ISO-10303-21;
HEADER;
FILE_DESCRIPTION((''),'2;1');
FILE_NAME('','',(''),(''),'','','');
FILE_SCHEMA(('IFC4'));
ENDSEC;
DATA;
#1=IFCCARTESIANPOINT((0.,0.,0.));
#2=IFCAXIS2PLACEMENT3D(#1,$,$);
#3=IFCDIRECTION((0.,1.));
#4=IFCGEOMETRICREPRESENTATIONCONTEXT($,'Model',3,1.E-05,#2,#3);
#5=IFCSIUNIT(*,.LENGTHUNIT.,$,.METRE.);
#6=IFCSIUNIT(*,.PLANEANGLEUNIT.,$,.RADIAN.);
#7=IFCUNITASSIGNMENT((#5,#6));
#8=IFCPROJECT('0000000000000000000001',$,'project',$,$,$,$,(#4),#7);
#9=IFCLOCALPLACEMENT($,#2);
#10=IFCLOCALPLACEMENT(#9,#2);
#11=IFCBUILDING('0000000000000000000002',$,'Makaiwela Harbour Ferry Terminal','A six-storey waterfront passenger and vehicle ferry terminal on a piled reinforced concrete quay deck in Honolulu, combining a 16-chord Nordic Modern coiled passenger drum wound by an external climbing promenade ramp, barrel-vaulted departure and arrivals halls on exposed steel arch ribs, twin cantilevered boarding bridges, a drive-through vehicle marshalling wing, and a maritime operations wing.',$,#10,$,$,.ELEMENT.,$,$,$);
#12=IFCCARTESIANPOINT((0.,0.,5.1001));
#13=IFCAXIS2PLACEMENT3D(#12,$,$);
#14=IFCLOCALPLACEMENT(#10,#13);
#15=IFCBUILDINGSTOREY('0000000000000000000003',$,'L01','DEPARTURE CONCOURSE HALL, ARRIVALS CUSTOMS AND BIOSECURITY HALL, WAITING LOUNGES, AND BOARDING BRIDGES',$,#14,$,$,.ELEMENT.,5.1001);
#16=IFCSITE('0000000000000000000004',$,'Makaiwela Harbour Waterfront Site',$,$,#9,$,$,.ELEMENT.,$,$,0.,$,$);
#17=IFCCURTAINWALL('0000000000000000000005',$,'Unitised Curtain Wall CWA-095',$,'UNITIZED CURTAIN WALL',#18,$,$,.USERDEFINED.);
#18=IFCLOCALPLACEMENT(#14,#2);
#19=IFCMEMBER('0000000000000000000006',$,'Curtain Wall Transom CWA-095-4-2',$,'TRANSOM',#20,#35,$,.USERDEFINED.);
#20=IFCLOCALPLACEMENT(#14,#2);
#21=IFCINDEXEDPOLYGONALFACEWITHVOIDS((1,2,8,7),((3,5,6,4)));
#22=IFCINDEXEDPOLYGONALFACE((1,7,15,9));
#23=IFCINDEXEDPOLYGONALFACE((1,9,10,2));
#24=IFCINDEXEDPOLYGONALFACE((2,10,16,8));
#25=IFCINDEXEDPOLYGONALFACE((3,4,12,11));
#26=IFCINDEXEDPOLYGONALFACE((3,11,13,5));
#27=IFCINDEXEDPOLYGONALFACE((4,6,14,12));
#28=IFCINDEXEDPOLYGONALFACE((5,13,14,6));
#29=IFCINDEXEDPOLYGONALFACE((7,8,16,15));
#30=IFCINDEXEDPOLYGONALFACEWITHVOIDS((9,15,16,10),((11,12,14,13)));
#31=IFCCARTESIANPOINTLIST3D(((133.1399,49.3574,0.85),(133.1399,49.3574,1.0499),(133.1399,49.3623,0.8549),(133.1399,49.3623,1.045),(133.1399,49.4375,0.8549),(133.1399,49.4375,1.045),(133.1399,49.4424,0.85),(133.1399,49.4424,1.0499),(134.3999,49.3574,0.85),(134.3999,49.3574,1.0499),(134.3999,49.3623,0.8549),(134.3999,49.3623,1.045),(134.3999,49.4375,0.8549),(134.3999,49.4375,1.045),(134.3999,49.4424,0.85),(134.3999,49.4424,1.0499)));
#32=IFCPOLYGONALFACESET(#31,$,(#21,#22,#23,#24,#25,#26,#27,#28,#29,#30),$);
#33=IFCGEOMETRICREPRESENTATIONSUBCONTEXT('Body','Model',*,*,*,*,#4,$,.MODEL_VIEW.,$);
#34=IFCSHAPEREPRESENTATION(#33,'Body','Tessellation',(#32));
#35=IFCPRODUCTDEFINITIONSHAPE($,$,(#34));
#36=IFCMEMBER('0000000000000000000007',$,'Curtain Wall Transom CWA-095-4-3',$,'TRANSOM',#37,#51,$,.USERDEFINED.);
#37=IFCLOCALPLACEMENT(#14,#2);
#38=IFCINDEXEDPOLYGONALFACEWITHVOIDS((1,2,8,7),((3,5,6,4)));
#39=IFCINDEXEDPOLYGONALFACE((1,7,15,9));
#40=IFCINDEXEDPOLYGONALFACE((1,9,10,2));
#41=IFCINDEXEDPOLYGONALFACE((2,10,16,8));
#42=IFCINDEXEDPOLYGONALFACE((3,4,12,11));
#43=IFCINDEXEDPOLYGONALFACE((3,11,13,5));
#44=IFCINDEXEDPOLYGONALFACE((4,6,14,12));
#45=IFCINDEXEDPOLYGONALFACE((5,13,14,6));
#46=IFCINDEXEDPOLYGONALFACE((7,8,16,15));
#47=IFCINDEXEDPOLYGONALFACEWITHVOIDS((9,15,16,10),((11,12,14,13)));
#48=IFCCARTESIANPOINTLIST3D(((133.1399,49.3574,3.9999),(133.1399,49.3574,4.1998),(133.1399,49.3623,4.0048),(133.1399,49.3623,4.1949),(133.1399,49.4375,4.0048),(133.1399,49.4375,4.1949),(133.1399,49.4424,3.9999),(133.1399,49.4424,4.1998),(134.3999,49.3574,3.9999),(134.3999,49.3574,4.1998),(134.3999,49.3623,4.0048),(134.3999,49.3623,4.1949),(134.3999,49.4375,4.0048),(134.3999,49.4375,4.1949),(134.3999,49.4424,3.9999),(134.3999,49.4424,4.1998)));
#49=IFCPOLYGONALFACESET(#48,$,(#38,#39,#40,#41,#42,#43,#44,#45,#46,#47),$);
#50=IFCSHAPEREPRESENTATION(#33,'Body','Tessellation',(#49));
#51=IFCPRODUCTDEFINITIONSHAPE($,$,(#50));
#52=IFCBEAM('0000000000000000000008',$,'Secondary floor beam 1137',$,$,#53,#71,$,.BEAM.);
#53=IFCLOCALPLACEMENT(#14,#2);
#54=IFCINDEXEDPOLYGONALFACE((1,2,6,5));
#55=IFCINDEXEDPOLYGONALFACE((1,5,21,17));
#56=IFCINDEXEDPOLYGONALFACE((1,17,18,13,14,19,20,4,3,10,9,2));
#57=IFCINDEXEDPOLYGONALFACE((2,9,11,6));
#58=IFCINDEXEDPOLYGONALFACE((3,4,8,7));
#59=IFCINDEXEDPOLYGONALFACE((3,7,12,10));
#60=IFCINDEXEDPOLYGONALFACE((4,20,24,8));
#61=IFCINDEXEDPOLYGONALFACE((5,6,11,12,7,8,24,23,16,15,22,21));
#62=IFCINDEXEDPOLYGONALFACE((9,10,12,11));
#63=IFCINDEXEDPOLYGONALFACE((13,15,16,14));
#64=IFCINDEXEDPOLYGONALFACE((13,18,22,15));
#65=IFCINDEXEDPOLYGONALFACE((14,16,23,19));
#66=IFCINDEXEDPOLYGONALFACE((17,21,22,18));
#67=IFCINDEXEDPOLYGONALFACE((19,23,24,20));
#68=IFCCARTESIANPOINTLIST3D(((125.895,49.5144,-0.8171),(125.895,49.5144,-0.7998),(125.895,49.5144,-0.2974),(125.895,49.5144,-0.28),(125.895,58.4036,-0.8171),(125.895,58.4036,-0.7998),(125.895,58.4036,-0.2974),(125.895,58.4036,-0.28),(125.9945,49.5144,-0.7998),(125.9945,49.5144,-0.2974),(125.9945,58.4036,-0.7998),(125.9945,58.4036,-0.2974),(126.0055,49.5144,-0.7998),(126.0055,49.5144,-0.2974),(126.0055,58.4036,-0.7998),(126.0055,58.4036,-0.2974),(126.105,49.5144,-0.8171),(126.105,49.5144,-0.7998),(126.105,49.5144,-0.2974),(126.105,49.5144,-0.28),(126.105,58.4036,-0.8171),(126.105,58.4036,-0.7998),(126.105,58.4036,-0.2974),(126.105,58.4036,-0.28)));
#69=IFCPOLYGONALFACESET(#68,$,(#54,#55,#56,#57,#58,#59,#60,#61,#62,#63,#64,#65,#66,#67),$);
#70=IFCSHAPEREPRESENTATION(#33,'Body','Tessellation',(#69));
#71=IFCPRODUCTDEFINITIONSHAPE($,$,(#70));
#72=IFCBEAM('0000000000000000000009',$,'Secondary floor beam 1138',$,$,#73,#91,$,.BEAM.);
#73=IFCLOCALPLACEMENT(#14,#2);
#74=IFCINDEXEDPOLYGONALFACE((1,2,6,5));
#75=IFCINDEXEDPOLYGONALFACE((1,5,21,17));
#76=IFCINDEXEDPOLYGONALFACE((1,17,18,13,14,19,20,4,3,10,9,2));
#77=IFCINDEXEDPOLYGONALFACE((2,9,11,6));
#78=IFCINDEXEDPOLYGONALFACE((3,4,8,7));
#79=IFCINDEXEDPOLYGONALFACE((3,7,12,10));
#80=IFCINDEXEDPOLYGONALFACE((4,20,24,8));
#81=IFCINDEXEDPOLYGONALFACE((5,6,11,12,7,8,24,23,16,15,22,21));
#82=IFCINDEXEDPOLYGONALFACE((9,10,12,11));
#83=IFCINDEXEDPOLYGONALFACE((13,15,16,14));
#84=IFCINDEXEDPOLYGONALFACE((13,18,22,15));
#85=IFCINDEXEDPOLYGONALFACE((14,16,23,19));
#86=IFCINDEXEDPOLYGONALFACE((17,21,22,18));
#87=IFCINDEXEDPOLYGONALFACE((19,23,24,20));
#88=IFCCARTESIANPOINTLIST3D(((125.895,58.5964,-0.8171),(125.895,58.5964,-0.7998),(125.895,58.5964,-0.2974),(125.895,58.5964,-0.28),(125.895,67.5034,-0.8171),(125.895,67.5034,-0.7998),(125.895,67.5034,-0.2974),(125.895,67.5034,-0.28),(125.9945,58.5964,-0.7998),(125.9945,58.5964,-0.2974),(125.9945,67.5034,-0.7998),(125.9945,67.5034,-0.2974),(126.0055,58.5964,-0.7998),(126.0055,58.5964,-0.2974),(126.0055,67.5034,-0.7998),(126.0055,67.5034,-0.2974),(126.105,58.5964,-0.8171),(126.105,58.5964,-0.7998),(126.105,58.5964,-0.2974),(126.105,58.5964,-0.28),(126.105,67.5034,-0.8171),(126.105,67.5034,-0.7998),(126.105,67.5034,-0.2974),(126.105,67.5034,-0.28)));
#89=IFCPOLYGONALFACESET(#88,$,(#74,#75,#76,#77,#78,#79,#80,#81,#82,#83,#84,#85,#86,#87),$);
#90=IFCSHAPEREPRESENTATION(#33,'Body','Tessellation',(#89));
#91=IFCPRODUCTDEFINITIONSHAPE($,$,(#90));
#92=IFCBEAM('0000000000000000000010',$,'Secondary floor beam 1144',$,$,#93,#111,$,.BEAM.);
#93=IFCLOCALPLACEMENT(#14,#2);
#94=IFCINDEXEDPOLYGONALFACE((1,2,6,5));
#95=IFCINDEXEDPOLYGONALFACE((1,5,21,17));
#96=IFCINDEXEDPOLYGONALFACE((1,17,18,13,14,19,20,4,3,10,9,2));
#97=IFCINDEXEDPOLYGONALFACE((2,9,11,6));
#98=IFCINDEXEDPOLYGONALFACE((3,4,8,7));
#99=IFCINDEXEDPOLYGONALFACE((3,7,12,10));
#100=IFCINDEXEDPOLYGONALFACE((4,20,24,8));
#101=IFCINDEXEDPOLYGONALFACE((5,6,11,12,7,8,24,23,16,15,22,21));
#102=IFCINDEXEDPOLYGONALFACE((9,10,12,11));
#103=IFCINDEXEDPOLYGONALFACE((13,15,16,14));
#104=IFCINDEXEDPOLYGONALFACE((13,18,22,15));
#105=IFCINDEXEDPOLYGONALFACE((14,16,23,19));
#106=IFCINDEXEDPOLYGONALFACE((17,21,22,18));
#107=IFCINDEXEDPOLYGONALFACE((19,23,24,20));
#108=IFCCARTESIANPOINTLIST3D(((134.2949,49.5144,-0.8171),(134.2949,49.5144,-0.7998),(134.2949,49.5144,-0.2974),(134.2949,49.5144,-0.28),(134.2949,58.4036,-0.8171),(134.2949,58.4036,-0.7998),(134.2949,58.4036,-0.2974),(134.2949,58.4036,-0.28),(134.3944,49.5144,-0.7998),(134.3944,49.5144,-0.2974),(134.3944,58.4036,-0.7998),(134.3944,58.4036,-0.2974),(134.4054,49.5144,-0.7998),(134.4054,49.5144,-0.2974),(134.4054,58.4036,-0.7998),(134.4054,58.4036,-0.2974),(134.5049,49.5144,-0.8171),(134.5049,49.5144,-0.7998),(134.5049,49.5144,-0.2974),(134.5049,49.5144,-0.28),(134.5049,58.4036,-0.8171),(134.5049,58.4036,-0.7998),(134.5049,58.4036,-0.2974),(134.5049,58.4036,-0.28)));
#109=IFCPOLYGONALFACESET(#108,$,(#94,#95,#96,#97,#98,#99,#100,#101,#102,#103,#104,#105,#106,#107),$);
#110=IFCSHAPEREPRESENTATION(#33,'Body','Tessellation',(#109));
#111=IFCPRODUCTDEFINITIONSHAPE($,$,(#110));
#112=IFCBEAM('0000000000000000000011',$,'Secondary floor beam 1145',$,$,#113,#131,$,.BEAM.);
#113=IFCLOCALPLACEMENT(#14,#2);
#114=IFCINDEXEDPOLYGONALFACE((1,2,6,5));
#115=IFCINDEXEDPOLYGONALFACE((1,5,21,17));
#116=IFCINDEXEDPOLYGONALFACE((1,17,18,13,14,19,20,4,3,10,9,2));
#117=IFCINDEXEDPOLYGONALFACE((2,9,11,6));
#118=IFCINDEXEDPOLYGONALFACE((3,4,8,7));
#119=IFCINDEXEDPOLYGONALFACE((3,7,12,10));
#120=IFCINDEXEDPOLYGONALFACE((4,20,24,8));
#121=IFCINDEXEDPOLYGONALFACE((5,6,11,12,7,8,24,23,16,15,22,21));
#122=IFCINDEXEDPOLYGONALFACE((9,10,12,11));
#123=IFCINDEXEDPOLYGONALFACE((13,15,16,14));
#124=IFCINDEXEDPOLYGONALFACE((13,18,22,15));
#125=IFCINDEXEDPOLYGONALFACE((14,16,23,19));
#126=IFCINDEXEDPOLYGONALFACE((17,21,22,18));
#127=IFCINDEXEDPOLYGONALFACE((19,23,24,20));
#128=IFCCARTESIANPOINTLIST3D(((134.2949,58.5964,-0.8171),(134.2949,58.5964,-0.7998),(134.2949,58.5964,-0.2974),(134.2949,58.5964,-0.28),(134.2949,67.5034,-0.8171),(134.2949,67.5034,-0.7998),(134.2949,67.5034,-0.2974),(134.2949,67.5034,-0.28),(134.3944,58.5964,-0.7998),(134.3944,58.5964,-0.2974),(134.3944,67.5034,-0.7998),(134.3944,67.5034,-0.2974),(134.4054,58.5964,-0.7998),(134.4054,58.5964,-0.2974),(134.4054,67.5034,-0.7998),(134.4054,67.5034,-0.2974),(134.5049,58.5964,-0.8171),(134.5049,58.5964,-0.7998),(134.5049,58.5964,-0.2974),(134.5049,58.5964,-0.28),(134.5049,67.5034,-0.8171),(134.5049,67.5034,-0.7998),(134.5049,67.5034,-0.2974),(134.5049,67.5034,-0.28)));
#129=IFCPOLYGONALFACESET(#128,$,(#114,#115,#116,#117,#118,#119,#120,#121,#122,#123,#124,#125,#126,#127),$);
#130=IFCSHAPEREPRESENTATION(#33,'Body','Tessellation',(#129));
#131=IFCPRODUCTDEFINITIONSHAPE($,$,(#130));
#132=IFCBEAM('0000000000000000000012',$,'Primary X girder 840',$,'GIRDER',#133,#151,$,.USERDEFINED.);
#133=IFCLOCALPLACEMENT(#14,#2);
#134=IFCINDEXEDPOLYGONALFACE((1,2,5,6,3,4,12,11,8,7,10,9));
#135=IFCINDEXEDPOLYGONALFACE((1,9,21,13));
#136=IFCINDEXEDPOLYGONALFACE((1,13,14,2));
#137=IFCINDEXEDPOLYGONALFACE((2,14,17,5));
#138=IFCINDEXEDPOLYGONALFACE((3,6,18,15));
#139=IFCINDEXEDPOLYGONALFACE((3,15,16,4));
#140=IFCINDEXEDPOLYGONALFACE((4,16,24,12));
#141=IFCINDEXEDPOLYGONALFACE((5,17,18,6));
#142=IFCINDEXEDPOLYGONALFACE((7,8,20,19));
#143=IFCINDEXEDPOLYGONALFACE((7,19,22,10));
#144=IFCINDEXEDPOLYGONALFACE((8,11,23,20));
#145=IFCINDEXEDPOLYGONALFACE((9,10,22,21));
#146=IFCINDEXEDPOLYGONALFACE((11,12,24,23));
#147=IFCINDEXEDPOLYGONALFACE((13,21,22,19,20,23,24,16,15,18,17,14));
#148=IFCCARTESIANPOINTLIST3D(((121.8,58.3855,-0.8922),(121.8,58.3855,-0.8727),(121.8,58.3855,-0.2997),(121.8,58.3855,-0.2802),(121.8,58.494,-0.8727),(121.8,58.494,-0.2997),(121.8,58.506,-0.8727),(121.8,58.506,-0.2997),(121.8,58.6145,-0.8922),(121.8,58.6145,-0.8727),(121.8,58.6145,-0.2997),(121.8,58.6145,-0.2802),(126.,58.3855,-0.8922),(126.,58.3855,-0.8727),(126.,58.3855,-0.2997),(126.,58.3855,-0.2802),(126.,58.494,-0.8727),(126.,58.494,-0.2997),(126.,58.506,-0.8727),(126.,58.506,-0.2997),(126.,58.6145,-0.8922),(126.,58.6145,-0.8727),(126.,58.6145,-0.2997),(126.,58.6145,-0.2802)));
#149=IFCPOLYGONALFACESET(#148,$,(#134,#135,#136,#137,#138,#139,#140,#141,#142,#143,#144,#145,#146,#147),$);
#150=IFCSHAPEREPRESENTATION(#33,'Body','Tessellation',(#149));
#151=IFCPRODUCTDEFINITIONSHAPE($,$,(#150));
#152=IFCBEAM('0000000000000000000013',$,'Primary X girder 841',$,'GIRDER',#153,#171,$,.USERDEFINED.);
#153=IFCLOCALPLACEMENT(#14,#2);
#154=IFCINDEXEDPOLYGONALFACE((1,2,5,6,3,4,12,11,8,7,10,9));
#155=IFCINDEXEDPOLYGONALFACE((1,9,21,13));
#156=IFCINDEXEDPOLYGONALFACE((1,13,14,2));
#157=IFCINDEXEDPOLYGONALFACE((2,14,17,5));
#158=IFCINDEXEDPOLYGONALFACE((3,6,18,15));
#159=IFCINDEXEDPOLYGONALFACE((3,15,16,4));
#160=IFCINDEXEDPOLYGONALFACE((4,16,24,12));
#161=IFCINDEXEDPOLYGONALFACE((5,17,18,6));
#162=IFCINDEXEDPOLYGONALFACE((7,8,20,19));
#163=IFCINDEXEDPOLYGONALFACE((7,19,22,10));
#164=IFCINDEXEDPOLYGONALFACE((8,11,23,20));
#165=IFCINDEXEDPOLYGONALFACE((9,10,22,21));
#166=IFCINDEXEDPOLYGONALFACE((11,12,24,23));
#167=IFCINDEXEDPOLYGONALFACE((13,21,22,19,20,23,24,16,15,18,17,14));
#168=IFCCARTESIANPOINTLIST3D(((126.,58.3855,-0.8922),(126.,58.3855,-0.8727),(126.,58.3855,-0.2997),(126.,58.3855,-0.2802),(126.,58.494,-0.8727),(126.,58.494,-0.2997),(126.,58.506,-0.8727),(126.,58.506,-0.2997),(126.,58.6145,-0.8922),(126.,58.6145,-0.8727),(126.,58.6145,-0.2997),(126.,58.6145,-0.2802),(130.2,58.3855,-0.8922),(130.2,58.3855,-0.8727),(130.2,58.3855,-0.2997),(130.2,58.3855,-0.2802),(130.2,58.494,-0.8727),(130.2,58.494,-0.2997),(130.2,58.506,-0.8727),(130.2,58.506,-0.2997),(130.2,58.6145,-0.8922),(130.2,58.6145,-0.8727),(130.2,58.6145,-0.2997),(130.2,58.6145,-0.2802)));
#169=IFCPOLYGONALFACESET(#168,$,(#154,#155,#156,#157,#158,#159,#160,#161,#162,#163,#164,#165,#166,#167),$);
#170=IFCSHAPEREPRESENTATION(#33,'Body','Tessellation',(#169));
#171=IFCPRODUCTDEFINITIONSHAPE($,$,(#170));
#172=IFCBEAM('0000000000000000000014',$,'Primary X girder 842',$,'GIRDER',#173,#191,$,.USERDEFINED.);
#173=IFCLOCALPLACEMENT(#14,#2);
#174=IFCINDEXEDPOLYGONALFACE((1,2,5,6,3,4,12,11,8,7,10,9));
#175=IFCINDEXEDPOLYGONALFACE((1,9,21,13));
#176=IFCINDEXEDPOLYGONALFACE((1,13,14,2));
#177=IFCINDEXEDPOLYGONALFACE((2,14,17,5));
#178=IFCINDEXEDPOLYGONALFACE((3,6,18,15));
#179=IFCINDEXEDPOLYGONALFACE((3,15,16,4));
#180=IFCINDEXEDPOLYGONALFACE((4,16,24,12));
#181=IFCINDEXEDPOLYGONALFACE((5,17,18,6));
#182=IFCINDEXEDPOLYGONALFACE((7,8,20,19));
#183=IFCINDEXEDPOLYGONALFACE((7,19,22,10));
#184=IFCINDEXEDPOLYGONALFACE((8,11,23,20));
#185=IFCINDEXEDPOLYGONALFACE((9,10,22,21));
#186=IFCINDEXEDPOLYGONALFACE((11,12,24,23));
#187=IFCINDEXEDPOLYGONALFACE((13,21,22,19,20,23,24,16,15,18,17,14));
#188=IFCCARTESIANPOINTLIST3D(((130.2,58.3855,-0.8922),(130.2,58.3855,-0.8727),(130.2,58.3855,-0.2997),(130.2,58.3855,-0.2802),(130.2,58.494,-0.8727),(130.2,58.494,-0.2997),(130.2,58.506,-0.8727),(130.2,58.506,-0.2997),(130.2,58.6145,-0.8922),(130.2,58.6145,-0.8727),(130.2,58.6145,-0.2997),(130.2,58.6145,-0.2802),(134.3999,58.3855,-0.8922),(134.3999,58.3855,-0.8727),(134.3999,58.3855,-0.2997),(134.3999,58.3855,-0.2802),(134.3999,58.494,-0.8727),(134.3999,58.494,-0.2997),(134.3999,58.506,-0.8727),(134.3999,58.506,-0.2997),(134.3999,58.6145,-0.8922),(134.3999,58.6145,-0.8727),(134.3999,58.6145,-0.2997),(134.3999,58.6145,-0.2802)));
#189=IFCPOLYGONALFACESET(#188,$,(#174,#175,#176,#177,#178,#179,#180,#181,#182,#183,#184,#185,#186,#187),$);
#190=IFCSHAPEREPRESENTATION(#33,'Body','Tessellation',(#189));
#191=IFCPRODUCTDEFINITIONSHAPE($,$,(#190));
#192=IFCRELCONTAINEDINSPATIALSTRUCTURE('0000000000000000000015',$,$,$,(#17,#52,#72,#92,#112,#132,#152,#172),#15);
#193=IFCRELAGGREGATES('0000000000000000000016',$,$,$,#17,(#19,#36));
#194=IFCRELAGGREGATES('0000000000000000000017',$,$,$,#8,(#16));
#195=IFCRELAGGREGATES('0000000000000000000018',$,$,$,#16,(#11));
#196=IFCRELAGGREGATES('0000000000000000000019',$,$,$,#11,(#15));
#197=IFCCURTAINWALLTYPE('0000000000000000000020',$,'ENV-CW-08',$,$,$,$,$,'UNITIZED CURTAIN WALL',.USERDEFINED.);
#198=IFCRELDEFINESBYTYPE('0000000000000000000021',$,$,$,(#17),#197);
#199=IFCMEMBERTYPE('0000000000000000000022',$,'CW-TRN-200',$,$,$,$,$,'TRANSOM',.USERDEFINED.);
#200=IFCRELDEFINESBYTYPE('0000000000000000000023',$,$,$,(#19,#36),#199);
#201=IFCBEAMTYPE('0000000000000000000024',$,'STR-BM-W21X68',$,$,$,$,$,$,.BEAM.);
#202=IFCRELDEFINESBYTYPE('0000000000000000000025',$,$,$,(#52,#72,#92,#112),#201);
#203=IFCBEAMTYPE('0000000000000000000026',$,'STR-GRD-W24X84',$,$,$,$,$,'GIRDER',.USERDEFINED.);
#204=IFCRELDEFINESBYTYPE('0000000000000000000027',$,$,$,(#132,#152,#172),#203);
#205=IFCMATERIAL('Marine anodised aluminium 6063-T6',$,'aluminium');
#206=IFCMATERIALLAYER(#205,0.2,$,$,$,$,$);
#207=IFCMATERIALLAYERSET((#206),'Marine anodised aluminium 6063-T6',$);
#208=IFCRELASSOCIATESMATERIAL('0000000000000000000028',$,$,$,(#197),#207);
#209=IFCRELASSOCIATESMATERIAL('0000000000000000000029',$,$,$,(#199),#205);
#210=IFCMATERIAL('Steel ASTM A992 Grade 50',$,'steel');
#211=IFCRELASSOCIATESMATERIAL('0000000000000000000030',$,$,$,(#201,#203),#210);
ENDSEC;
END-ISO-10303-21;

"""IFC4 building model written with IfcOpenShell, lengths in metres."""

from ifc_helpers import new_model, si_unit, direction, frame, origin, origin_2d, place, context, subcontext, project, spatial, hollow_rectangle, i_section, extrude, material, layer, layer_set, material_profile, profile_set, type_object, element, aggregate, save


model = new_model("IFC4")

# Units and contexts
model_context = context("Model", 3, precision=1e-05, world=origin(), true_north=direction((0.0, 1.0)))
body_context = subcontext(model_context, "Body", "Model", "MODEL_VIEW")
ifc_project = project(units=[si_unit("LENGTHUNIT", "METRE"), si_unit("PLANEANGLEUNIT", "RADIAN")], contexts=[model_context])

# Site, building, storey
site_placement = place(None, origin())
site = spatial("IfcSite", under=ifc_project, at=site_placement, Name="Makaiwela Harbour Waterfront Site", CompositionType="ELEMENT", RefElevation=0.0)
building_placement = place(site_placement, origin())
building = spatial("IfcBuilding", under=site, at=building_placement, Name="Makaiwela Harbour Ferry Terminal", Description="A six-storey waterfront passenger and vehicle ferry terminal on a piled reinforced concrete quay deck in Honolulu, combining a 16-chord Nordic Modern coiled passenger drum wound by an external climbing promenade ramp, barrel-vaulted departure and arrivals halls on exposed steel arch ribs, twin cantilevered boarding bridges, a drive-through vehicle marshalling wing, and a maritime operations wing.", CompositionType="ELEMENT")
storey_placement = place(building_placement, frame((0.0, 0.0, 5.1001)))
storey = spatial("IfcBuildingStorey", under=building, at=storey_placement, Name="L01", Description="DEPARTURE CONCOURSE HALL, ARRIVALS CUSTOMS AND BIOSECURITY HALL, WAITING LOUNGES, AND BOARDING BRIDGES", CompositionType="ELEMENT", Elevation=5.1001)

# Shared definitions
ifc_material_1 = material(Name="Steel ASTM A992 Grade 50", Category="steel")

# Curtain wall, members
ifc_material_2 = material(Name="Marine anodised aluminium 6063-T6", Category="aluminium")
ifc_layer_1 = layer(ifc_material_2, 0.2)
ifc_layer_set_1 = layer_set([ifc_layer_1], Name="Marine anodised aluminium 6063-T6")
curtain_wall_type = type_object("IfcCurtainWallType", Name="ENV-CW-08", ElementType="UNITIZED CURTAIN WALL", PredefinedType="USERDEFINED", material=ifc_layer_set_1)
curtain_wall_placement = place(storey_placement, origin())
curtain_wall = element("IfcCurtainWall", 1, at=curtain_wall_placement, inside=storey, type_object=curtain_wall_type, Name="Unitised Curtain Wall CWA-095", ObjectType="UNITIZED CURTAIN WALL", PredefinedType="USERDEFINED")
ifc_material_profile_1 = material_profile(ifc_material_2, hollow_rectangle(XDim=0.085, YDim=0.2, WallThickness=0.0049, at=origin_2d()), Name="CWT-200X85")
ifc_profile_set_1 = profile_set([ifc_material_profile_1], Name="Marine anodised aluminium 6063-T6")
member_type_1 = type_object("IfcMemberType", Name="CW-TRN-200", ElementType="TRANSOM", PredefinedType="USERDEFINED", material=ifc_profile_set_1)
member_1_placement = place(storey_placement, frame((134.3999, 49.3999, 0.95), z_axis=(-1.0, 0.0, 0.0), x_axis=(0.0, -1.0, 0.0)))
member_1 = element("IfcMember", 2, at=member_1_placement, type_object=member_type_1, Name="Curtain Wall Transom CWA-095-4-2", ObjectType="TRANSOM", PredefinedType="USERDEFINED", context=body_context, shape_type="SweptSolid", body=[
    extrude(hollow_rectangle(XDim=0.085, YDim=0.2, WallThickness=0.0049, at=origin_2d()), origin(), (0.0, 0.0, 1.0), 1.26),
])
member_2_placement = place(storey_placement, frame((134.3999, 49.3999, 4.0999), z_axis=(-1.0, 0.0, 0.0), x_axis=(0.0, -1.0, 0.0)))
member_2 = element("IfcMember", 3, at=member_2_placement, type_object=member_type_1, Name="Curtain Wall Transom CWA-095-4-3", ObjectType="TRANSOM", PredefinedType="USERDEFINED", context=body_context, shape_type="SweptSolid", body=[
    extrude(hollow_rectangle(XDim=0.085, YDim=0.2, WallThickness=0.0049, at=origin_2d()), origin(), (0.0, 0.0, 1.0), 1.26),
])

# Beams
ifc_material_profile_2 = material_profile(ifc_material_1, i_section(OverallWidth=0.21, OverallDepth=0.5371, WebThickness=0.011, FlangeThickness=0.0173, at=origin_2d()), Name="W21X68")
ifc_profile_set_2 = profile_set([ifc_material_profile_2], Name="Steel ASTM A992 Grade 50")
beam_type_1 = type_object("IfcBeamType", Name="STR-BM-W21X68", PredefinedType="BEAM", material=ifc_profile_set_2)
beam_1_placement = place(storey_placement, frame((126.0, 49.5144, -0.5486), z_axis=(0.0, 1.0, 0.0), x_axis=(-1.0, 0.0, 0.0)))
element("IfcBeam", 4, at=beam_1_placement, inside=storey, type_object=beam_type_1, Name="Secondary floor beam 1137", PredefinedType="BEAM", context=body_context, shape_type="SweptSolid", body=[
    extrude(i_section(OverallWidth=0.21, OverallDepth=0.5371, WebThickness=0.011, FlangeThickness=0.0173, at=origin_2d()), origin(), (0.0, 0.0, 1.0), 8.8892),
])
beam_2_placement = place(storey_placement, frame((126.0, 58.5964, -0.5486), z_axis=(0.0, 1.0, 0.0), x_axis=(-1.0, 0.0, 0.0)))
element("IfcBeam", 5, at=beam_2_placement, inside=storey, type_object=beam_type_1, Name="Secondary floor beam 1138", PredefinedType="BEAM", context=body_context, shape_type="SweptSolid", body=[
    extrude(i_section(OverallWidth=0.21, OverallDepth=0.5371, WebThickness=0.011, FlangeThickness=0.0173, at=origin_2d()), origin(), (0.0, 0.0, 1.0), 8.907),
])
beam_3_placement = place(storey_placement, frame((134.3999, 49.5144, -0.5486), z_axis=(0.0, 1.0, 0.0), x_axis=(-1.0, 0.0, 0.0)))
element("IfcBeam", 6, at=beam_3_placement, inside=storey, type_object=beam_type_1, Name="Secondary floor beam 1144", PredefinedType="BEAM", context=body_context, shape_type="SweptSolid", body=[
    extrude(i_section(OverallWidth=0.21, OverallDepth=0.5371, WebThickness=0.011, FlangeThickness=0.0173, at=origin_2d()), origin(), (0.0, 0.0, 1.0), 8.8892),
])
beam_4_placement = place(storey_placement, frame((134.3999, 58.5964, -0.5486), z_axis=(0.0, 1.0, 0.0), x_axis=(-1.0, 0.0, 0.0)))
element("IfcBeam", 7, at=beam_4_placement, inside=storey, type_object=beam_type_1, Name="Secondary floor beam 1145", PredefinedType="BEAM", context=body_context, shape_type="SweptSolid", body=[
    extrude(i_section(OverallWidth=0.21, OverallDepth=0.5371, WebThickness=0.011, FlangeThickness=0.0173, at=origin_2d()), origin(), (0.0, 0.0, 1.0), 8.907),
])
ifc_material_profile_3 = material_profile(ifc_material_1, i_section(OverallWidth=0.229, OverallDepth=0.6121, WebThickness=0.012, FlangeThickness=0.0195, at=origin_2d()), Name="W24X84")
ifc_profile_set_3 = profile_set([ifc_material_profile_3], Name="Steel ASTM A992 Grade 50")
beam_type_2 = type_object("IfcBeamType", Name="STR-GRD-W24X84", ElementType="GIRDER", PredefinedType="USERDEFINED", material=ifc_profile_set_3)
for number, where, z_axis, x_axis, name in (
    (8, (121.8, 58.5, -0.5862), (1.0, 0.0, 0.0), (0.0, 1.0, 0.0), "Primary X girder 840"),
    (9, (126.0, 58.5, -0.5862), (1.0, 0.0, 0.0), (0.0, 1.0, 0.0), "Primary X girder 841"),
    (10, (130.2, 58.5, -0.5862), (1.0, 0.0, 0.0), (0.0, 1.0, 0.0), "Primary X girder 842"),
):
    element("IfcBeam", number, at=place(storey_placement, frame(where, z_axis=z_axis, x_axis=x_axis)), inside=storey, type_object=beam_type_2, Name=name, ObjectType="GIRDER", PredefinedType="USERDEFINED", context=body_context, shape_type="SweptSolid", body=[
        extrude(i_section(OverallWidth=0.229, OverallDepth=0.6121, WebThickness=0.012, FlangeThickness=0.0195, at=origin_2d()), origin(), (0.0, 0.0, 1.0), 4.2),
    ])

aggregate(curtain_wall, [member_1, member_2])

save(model, "model.ifc")
